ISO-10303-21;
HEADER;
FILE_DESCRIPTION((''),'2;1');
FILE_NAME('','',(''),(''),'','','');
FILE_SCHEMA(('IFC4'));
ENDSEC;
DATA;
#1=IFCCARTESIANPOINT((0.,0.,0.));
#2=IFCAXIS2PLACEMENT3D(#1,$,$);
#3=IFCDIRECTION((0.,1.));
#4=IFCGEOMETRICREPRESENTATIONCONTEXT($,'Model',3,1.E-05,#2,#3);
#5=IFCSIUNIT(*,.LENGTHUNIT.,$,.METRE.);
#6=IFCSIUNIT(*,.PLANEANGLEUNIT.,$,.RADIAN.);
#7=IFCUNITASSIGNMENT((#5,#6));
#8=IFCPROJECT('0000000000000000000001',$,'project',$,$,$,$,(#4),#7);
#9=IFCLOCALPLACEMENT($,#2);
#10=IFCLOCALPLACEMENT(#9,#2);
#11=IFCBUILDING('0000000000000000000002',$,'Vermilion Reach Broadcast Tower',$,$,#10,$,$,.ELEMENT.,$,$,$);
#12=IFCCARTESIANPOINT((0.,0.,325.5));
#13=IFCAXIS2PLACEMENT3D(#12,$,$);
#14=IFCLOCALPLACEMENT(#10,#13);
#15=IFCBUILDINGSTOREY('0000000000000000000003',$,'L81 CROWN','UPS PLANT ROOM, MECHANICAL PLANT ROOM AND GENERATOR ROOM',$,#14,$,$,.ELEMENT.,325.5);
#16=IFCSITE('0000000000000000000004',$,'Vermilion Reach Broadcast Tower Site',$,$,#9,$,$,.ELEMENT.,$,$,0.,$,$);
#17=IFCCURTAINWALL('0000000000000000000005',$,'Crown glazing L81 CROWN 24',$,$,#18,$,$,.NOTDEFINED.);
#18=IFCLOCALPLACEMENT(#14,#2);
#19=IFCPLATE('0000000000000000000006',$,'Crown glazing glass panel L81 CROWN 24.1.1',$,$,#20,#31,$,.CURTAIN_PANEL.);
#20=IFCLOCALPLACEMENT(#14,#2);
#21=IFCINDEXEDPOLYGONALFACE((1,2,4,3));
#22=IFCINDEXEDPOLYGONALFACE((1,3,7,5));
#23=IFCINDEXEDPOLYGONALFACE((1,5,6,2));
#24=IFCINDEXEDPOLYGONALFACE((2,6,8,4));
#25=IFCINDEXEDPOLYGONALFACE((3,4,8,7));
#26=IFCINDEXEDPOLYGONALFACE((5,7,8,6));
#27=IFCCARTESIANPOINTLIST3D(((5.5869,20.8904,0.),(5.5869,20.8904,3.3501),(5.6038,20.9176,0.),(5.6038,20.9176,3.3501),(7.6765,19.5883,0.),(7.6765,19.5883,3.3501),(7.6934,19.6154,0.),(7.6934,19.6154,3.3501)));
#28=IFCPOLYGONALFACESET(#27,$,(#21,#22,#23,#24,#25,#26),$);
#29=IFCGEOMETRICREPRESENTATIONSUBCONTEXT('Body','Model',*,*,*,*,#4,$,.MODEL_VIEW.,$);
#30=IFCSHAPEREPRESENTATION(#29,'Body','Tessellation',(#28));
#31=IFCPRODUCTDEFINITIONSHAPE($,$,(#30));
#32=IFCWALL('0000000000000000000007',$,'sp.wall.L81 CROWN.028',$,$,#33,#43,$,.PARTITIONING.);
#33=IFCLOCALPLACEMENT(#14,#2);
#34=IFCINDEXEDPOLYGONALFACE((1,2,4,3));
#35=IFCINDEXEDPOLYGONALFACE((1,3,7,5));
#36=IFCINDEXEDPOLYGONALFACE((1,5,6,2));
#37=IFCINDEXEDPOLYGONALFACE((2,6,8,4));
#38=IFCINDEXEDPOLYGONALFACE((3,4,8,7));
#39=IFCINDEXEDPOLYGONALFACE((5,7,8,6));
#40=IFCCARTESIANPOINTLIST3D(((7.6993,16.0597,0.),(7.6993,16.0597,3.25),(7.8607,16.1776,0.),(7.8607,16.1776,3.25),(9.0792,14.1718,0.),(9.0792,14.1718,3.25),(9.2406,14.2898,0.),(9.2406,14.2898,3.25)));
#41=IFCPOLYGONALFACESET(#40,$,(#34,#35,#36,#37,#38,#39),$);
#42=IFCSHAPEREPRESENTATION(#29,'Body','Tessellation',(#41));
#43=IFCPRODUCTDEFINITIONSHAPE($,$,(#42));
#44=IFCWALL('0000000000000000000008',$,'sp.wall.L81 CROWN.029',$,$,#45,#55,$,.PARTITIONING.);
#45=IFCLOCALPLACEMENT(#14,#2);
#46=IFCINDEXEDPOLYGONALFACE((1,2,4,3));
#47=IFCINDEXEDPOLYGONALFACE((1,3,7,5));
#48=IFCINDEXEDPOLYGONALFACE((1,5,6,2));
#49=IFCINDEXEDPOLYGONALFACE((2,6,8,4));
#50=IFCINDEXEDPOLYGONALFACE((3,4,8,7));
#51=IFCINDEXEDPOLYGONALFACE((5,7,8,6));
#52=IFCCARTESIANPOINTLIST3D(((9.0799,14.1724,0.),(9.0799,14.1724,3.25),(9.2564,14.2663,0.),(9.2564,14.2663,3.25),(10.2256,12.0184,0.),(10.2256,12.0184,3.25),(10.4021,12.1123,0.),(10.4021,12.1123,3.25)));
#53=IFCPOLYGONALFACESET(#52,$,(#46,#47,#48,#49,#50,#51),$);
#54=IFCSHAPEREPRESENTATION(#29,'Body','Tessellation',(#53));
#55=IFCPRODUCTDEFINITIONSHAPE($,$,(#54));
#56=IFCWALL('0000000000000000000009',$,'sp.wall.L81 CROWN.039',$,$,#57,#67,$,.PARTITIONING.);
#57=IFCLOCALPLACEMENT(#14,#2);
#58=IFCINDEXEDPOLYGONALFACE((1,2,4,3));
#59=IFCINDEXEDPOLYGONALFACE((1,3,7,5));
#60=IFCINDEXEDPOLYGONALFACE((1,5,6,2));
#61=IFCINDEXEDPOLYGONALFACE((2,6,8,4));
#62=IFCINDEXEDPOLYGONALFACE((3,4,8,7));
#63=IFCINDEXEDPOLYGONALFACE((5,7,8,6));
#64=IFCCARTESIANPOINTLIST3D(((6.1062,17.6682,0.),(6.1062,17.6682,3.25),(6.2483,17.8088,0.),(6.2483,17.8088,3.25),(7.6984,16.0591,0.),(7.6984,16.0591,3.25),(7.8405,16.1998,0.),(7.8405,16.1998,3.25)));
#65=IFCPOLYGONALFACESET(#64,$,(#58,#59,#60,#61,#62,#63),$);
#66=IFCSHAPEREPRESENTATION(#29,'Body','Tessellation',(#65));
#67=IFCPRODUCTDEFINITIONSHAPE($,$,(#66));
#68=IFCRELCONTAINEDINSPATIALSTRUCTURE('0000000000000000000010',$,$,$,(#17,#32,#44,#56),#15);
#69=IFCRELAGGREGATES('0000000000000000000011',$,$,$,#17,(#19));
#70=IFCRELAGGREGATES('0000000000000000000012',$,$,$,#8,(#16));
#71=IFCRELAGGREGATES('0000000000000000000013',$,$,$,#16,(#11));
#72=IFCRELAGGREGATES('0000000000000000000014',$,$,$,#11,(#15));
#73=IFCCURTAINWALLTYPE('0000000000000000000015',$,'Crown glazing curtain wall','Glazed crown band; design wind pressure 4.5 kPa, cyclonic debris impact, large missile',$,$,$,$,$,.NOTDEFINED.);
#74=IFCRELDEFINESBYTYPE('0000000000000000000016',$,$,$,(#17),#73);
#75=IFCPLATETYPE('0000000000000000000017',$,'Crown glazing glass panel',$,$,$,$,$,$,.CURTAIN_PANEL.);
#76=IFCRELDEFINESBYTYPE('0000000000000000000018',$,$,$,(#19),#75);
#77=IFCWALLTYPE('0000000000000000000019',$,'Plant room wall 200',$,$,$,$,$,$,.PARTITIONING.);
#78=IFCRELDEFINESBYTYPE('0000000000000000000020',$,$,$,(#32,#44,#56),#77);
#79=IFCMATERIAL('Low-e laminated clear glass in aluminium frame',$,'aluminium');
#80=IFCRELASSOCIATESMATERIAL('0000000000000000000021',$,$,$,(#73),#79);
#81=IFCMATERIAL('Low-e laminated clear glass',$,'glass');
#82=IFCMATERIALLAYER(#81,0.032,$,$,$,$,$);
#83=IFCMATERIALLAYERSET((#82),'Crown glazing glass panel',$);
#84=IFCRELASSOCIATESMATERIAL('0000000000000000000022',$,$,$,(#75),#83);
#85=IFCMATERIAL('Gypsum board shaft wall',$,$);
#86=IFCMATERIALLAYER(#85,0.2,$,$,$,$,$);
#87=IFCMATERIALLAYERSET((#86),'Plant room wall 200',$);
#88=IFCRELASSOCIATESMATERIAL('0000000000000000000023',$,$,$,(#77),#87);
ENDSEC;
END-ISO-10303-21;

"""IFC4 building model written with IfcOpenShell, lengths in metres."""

from ifc_helpers import new_model, si_unit, direction, frame, frame_2d, origin, origin_2d, place, context, subcontext, project, spatial, rectangle, extrude, material, layer, layer_set, type_object, element, aggregate, save


model = new_model("IFC4")

# Units and contexts
model_context = context("Model", 3, precision=1e-05, world=origin(), true_north=direction((0.0, 1.0)))
body_context = subcontext(model_context, "Body", "Model", "MODEL_VIEW")
ifc_project = project(units=[si_unit("LENGTHUNIT", "METRE"), si_unit("PLANEANGLEUNIT", "RADIAN")], contexts=[model_context])

# Site, building, storey
site_placement = place(None, origin())
site = spatial("IfcSite", under=ifc_project, at=site_placement, Name="Vermilion Reach Broadcast Tower Site", CompositionType="ELEMENT", RefElevation=0.0)
building_placement = place(site_placement, origin())
building = spatial("IfcBuilding", under=site, at=building_placement, Name="Vermilion Reach Broadcast Tower", CompositionType="ELEMENT")
storey_placement = place(building_placement, frame((0.0, 0.0, 325.5)))
storey = spatial("IfcBuildingStorey", under=building, at=storey_placement, Name="L81 CROWN", Description="UPS PLANT ROOM, MECHANICAL PLANT ROOM AND GENERATOR ROOM", CompositionType="ELEMENT", Elevation=325.5)

# Shared definitions
ifc_material_1 = material(Name="Low-e laminated clear glass in aluminium frame", Category="aluminium")
curtain_wall_type = type_object("IfcCurtainWallType", Name="Crown glazing curtain wall", Description="Glazed crown band; design wind pressure 4.5 kPa, cyclonic debris impact, large missile", PredefinedType="NOTDEFINED", material=ifc_material_1)
placement = place(storey_placement, origin())

# Curtain wall
curtain_wall_1 = element("IfcCurtainWall", 1, at=placement, inside=storey, type_object=curtain_wall_type, Name="Crown glazing L81 CROWN 24", PredefinedType="NOTDEFINED")

# Plate
ifc_material_2 = material(Name="Low-e laminated clear glass", Category="glass")
ifc_layer_1 = layer(ifc_material_2, 0.032)
ifc_layer_set_1 = layer_set([ifc_layer_1], Name="Crown glazing glass panel")
plate_type = type_object("IfcPlateType", Name="Crown glazing glass panel", PredefinedType="CURTAIN_PANEL", material=ifc_layer_set_1)
plate_1_placement = place(storey_placement, frame((6.6401, 20.2529, 0.0), z_axis=(0.0, 0.0, 1.0), x_axis=(-0.848708, 0.528861, 0.0)))
plate_1 = element("IfcPlate", 2, at=plate_1_placement, type_object=plate_type, Name="Crown glazing glass panel L81 CROWN 24.1.1", PredefinedType="CURTAIN_PANEL", context=body_context, shape_type="SweptSolid", body=[
    extrude(rectangle(XDim=2.4622, YDim=0.032, at=origin_2d()), origin(), (0.0, 0.0, 1.0), 3.3501),
])
aggregate(curtain_wall_1, [plate_1])

# Walls
ifc_material_3 = material(Name="Gypsum board shaft wall")
ifc_layer_2 = layer(ifc_material_3, 0.2)
ifc_layer_set_2 = layer_set([ifc_layer_2], Name="Plant room wall 200")
wall_type = type_object("IfcWallType", Name="Plant room wall 200", PredefinedType="PARTITIONING", material=ifc_layer_set_2)
wall_1_placement = place(storey_placement, frame((7.78, 16.1187, 0.0), z_axis=(0.0, 0.0, 1.0), x_axis=(0.590082, -0.807343, 0.0)))
element("IfcWall", 3, at=wall_1_placement, inside=storey, type_object=wall_type, Name="sp.wall.L81 CROWN.028", PredefinedType="PARTITIONING", context=body_context, shape_type="SweptSolid", body=[
    extrude(rectangle(XDim=2.3384, YDim=0.2, at=frame_2d((1.1692, 0.0))), origin(), (0.0, 0.0, 1.0), 3.25),
])
wall_2_placement = place(storey_placement, frame((9.1682, 14.2192, 0.0), z_axis=(0.0, 0.0, 1.0), x_axis=(0.469606, -0.882876, 0.0)))
element("IfcWall", 4, at=wall_2_placement, inside=storey, type_object=wall_type, Name="sp.wall.L81 CROWN.029", PredefinedType="PARTITIONING", context=body_context, shape_type="SweptSolid", body=[
    extrude(rectangle(XDim=2.4397, YDim=0.2, at=frame_2d((1.2197, 0.0))), origin(), (0.0, 0.0, 1.0), 3.25),
])
wall_3_placement = place(storey_placement, frame((6.1772, 17.7385, 0.0), z_axis=(0.0, 0.0, 1.0), x_axis=(0.703376, -0.710818, 0.0)))
element("IfcWall", 5, at=wall_3_placement, inside=storey, type_object=wall_type, Name="sp.wall.L81 CROWN.039", PredefinedType="PARTITIONING", context=body_context, shape_type="SweptSolid", body=[
    extrude(rectangle(XDim=2.2637, YDim=0.2, at=frame_2d((1.1318, 0.0))), origin(), (0.0, 0.0, 1.0), 3.25),
])

save(model, "model.ifc")
